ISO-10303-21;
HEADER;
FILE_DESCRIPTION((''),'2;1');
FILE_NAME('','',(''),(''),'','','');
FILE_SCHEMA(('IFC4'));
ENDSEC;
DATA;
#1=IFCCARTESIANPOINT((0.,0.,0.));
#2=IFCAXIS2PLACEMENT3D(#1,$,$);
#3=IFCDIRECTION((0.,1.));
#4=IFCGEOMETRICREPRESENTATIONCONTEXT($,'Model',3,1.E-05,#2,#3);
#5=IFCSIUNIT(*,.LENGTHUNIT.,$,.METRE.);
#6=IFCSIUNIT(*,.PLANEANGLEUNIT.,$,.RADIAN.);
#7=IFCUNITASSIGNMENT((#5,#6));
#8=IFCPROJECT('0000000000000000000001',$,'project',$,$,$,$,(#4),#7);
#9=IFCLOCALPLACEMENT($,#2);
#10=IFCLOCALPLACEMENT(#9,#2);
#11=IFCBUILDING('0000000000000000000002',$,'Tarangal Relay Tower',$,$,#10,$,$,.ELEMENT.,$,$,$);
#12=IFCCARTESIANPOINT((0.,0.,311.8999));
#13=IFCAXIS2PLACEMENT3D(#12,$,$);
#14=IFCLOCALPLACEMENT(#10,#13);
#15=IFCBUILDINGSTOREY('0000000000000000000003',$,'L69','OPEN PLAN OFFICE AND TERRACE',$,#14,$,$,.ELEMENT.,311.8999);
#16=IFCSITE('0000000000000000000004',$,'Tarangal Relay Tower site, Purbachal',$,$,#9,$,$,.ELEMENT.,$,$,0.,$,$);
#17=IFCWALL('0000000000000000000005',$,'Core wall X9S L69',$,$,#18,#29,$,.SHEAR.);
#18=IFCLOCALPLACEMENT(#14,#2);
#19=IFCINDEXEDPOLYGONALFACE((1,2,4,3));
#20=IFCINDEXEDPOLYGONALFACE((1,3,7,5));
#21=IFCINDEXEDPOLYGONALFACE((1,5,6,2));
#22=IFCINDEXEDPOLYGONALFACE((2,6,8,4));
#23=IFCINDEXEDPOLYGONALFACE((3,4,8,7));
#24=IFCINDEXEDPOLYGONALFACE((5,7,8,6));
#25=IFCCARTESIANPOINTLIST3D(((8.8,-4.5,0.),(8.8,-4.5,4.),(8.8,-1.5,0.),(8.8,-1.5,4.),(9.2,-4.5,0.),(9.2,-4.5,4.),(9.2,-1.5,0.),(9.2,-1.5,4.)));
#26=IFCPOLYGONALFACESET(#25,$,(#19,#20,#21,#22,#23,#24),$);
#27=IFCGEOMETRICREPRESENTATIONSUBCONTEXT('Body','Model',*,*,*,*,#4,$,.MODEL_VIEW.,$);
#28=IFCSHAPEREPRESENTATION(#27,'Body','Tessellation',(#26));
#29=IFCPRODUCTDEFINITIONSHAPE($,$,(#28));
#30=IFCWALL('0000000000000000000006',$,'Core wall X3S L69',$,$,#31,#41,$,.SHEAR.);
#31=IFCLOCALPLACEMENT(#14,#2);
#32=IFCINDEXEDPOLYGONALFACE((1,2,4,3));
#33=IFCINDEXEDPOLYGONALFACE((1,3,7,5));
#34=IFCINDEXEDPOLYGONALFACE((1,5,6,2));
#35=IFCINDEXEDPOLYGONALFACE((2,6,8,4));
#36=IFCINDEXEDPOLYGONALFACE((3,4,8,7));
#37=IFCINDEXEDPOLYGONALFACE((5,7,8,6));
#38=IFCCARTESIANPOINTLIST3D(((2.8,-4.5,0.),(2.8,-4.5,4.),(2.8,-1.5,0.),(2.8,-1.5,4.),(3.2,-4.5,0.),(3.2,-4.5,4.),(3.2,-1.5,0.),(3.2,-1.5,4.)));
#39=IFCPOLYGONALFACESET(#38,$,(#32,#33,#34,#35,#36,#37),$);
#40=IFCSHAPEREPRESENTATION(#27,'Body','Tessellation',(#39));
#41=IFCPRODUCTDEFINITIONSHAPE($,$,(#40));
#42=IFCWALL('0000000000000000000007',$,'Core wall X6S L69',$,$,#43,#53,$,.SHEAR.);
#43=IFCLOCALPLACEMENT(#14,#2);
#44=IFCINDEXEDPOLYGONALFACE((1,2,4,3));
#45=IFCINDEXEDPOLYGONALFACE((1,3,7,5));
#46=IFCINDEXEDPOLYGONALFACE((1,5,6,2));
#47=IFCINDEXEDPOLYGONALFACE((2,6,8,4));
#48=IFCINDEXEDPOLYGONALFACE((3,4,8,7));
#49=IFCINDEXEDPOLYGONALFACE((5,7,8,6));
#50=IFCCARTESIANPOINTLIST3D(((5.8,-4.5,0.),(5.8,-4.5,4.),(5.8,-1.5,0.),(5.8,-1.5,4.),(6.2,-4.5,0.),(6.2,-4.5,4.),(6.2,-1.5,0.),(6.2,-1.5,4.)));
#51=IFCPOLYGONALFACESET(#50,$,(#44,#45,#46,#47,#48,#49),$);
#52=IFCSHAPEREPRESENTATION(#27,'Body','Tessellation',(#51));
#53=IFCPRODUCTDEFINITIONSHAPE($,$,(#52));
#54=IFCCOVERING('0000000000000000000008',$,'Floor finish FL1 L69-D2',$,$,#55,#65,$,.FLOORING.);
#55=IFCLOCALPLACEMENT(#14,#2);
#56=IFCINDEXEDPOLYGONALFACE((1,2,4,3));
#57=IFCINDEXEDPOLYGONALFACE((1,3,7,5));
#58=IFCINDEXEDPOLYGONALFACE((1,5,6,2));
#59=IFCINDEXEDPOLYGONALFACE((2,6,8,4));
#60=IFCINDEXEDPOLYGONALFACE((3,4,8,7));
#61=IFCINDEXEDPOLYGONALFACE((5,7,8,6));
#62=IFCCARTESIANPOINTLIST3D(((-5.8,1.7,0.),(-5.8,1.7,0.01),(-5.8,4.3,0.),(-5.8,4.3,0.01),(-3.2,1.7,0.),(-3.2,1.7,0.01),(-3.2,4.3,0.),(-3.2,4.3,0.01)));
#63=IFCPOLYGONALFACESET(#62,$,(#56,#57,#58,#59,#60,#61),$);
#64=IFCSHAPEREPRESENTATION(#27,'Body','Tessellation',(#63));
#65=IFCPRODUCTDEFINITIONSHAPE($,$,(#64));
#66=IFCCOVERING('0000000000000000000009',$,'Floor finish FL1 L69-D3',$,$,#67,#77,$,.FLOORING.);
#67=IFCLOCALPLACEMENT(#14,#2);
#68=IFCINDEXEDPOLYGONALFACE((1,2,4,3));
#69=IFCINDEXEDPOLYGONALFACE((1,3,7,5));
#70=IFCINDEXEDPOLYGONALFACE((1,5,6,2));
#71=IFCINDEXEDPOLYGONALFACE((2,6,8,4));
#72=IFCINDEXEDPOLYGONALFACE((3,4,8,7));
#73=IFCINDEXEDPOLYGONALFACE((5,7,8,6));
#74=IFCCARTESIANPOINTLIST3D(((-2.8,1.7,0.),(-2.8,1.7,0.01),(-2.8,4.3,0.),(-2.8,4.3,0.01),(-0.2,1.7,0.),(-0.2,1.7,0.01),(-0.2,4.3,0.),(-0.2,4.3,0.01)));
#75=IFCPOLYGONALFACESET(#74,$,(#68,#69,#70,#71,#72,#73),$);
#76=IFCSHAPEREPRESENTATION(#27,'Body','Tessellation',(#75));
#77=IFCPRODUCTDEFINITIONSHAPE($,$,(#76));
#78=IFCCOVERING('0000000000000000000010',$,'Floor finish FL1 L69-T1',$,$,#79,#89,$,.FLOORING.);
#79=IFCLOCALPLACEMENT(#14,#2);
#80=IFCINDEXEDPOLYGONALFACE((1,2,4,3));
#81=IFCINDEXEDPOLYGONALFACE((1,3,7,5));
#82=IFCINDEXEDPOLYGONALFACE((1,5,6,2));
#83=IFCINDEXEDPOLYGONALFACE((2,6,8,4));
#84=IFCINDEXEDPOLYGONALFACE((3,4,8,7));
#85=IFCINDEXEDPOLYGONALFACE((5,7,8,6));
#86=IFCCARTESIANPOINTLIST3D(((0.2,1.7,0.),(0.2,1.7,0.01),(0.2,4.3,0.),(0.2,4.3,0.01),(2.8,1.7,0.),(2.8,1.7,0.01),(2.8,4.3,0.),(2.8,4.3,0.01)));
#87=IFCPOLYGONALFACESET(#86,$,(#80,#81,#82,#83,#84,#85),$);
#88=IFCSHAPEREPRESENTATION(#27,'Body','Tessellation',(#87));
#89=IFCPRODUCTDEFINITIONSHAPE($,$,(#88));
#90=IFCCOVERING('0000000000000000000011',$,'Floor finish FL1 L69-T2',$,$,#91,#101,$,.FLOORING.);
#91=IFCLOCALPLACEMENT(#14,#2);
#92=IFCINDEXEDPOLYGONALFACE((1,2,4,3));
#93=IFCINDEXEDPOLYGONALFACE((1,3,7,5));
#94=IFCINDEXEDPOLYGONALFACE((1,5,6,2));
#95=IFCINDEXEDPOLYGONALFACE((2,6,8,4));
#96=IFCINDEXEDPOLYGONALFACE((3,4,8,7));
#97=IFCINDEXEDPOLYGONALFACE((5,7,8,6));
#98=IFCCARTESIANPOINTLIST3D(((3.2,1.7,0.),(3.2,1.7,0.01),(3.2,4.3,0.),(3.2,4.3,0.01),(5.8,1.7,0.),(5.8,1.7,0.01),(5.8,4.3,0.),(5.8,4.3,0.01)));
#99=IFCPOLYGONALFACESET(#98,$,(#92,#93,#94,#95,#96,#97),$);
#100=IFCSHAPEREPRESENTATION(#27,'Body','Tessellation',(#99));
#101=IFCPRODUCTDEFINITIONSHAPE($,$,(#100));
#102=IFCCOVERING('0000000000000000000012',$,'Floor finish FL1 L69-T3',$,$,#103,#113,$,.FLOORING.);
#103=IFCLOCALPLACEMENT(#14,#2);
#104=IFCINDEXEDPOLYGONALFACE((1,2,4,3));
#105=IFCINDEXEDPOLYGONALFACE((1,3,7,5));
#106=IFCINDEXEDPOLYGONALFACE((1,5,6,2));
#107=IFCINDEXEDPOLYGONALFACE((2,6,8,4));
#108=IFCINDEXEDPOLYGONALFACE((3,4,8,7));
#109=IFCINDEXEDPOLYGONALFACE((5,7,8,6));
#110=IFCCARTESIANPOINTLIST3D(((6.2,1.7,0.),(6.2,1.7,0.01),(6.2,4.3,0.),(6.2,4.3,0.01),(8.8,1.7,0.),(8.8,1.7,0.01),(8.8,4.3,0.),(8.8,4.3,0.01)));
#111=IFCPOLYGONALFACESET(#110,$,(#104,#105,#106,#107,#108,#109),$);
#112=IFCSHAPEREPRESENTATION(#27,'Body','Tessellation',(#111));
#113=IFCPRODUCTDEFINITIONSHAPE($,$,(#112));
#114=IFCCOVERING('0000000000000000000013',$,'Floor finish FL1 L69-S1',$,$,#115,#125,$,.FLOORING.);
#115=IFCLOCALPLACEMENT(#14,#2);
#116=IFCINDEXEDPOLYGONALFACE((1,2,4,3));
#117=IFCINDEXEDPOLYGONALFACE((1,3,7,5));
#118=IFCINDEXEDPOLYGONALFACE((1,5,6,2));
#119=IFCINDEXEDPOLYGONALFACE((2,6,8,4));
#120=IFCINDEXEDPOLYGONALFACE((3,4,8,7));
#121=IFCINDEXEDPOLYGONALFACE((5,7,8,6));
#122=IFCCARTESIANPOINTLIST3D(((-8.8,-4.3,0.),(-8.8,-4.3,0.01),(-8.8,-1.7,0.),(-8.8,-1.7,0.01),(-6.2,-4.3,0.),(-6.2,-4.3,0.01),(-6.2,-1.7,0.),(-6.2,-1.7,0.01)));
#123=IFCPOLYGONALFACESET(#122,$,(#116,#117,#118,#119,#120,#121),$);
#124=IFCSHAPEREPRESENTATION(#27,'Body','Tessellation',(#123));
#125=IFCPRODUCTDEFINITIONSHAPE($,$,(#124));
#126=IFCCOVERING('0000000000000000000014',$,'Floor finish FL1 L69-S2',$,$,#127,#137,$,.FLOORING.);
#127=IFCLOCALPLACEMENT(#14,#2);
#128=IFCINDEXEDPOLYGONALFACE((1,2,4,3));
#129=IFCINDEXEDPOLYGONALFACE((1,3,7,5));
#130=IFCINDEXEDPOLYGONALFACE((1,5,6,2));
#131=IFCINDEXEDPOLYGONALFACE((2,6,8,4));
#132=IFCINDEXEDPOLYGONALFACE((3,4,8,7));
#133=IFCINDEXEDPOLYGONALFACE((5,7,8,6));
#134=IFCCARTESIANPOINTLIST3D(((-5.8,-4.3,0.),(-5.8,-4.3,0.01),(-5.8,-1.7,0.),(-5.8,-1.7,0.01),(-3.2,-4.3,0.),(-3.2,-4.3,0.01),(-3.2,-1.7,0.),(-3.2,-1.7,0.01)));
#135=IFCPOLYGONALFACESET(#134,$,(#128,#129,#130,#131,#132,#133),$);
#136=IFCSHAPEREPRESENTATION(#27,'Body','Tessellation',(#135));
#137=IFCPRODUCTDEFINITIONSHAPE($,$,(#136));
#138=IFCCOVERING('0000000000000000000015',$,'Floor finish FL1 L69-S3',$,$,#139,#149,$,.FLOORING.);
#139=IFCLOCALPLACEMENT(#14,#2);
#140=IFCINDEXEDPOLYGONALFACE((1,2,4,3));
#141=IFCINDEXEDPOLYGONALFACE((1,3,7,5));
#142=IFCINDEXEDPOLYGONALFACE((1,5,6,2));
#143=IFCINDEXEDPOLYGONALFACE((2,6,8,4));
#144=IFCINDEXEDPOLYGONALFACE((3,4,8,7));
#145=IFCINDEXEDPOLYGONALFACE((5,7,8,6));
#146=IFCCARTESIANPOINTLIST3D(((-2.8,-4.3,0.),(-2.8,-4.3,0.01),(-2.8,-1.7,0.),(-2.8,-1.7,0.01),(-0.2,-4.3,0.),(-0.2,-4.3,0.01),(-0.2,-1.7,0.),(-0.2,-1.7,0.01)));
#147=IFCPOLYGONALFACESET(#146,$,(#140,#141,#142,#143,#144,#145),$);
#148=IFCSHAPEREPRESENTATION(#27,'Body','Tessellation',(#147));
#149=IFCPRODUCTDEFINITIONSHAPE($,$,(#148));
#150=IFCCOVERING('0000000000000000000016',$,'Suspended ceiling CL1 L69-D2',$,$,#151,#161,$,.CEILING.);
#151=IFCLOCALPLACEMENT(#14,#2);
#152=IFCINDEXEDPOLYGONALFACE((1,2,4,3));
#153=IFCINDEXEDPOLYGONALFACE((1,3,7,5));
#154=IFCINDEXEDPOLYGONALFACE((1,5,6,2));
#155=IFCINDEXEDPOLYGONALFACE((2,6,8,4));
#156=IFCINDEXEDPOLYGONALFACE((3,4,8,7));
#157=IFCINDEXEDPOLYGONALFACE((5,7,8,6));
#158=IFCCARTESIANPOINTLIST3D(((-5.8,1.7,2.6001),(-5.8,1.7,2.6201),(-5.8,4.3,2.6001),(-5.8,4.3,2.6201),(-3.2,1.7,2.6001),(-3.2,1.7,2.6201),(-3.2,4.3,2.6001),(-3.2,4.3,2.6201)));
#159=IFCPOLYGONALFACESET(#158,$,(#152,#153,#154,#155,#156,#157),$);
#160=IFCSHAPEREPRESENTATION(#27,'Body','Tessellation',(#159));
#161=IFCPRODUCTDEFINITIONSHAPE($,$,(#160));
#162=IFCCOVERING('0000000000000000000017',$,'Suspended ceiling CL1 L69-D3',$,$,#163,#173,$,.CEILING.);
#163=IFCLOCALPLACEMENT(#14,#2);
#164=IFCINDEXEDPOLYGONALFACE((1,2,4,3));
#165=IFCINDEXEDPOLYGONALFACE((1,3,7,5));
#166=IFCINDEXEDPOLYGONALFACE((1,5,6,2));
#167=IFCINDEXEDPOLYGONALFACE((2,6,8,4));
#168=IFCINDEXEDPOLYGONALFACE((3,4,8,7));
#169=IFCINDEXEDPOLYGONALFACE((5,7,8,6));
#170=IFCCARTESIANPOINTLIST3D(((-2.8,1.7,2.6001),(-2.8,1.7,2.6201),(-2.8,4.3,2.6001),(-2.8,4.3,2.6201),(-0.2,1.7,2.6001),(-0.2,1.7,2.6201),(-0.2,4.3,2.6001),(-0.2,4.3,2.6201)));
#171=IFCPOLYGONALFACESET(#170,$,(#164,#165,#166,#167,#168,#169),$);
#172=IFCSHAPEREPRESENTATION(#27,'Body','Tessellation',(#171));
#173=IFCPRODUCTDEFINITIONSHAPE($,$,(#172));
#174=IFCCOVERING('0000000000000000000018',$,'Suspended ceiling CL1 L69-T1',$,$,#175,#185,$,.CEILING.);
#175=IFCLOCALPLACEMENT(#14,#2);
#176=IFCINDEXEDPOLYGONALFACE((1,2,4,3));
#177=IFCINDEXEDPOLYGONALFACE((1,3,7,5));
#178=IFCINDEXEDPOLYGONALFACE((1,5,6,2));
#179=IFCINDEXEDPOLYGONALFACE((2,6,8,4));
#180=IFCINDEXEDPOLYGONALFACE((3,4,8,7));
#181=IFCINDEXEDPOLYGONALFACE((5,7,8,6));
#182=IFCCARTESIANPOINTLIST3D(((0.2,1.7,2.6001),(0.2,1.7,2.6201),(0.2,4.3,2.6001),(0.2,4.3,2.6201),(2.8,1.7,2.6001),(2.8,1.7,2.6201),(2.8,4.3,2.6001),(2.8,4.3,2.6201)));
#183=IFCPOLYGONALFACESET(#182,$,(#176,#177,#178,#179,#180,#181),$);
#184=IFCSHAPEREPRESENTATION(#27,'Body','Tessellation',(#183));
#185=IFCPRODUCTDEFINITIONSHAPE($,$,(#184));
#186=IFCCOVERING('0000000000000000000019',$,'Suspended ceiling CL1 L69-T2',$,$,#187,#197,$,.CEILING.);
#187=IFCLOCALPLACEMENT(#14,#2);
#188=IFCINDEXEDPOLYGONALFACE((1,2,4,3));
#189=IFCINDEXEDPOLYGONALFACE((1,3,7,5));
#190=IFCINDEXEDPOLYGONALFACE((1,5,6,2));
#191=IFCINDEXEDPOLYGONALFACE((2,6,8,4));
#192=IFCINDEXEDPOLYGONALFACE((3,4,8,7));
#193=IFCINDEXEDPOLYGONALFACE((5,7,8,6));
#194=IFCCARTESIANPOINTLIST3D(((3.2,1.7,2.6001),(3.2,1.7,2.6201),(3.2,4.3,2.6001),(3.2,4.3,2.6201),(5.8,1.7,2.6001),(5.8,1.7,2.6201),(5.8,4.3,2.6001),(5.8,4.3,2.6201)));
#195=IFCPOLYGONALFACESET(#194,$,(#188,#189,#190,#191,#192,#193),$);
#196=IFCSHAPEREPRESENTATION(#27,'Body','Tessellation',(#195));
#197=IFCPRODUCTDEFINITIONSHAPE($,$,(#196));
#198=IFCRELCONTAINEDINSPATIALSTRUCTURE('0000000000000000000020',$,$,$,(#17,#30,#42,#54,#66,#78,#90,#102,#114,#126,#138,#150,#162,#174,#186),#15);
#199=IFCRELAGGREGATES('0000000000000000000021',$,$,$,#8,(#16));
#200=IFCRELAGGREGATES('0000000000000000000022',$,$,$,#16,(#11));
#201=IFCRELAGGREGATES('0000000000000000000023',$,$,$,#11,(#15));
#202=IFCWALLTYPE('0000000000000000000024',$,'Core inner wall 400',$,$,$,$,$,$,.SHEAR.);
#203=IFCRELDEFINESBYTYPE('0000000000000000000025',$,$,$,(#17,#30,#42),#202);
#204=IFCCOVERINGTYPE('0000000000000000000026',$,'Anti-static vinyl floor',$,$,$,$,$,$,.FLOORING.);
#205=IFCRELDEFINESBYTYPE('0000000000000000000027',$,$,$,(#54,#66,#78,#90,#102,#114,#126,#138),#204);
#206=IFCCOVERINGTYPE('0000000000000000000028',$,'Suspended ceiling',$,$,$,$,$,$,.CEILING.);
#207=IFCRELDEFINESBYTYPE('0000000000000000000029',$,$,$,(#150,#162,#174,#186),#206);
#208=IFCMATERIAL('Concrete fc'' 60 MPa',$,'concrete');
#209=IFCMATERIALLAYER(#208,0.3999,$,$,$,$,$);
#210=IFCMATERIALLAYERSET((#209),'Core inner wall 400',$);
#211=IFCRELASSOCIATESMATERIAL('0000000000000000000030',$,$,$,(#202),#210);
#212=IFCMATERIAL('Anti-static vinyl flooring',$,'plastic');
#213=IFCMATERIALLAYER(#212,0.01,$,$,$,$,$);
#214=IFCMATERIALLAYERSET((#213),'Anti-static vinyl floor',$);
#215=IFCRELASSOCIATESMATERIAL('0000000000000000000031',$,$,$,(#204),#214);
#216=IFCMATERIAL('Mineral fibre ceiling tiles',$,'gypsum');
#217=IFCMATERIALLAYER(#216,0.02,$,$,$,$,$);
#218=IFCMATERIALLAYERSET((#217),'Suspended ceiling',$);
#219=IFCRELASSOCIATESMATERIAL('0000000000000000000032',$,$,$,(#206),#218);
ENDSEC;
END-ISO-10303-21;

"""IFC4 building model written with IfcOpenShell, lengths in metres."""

from ifc_helpers import new_model, si_unit, direction, frame, frame_2d, origin, place, context, subcontext, project, spatial, polyline, rectangle, outline, extrude, material, layer, layer_set, type_object, element, save


model = new_model("IFC4")

# Units and contexts
model_context = context("Model", 3, precision=1e-05, world=origin(), true_north=direction((0.0, 1.0)))
body_context = subcontext(model_context, "Body", "Model", "MODEL_VIEW")
ifc_project = project(units=[si_unit("LENGTHUNIT", "METRE"), si_unit("PLANEANGLEUNIT", "RADIAN")], contexts=[model_context])

# Site, building, storey
site_placement = place(None, origin())
site = spatial("IfcSite", under=ifc_project, at=site_placement, Name="Tarangal Relay Tower site, Purbachal", CompositionType="ELEMENT", RefElevation=0.0)
building_placement = place(site_placement, origin())
building = spatial("IfcBuilding", under=site, at=building_placement, Name="Tarangal Relay Tower", CompositionType="ELEMENT")
storey_placement = place(building_placement, frame((0.0, 0.0, 311.8999)))
storey = spatial("IfcBuildingStorey", under=building, at=storey_placement, Name="L69", Description="OPEN PLAN OFFICE AND TERRACE", CompositionType="ELEMENT", Elevation=311.8999)

# Walls
ifc_material_1 = material(Name="Concrete fc' 60 MPa", Category="concrete")
ifc_layer_1 = layer(ifc_material_1, 0.3999)
ifc_layer_set_1 = layer_set([ifc_layer_1], Name="Core inner wall 400")
wall_type = type_object("IfcWallType", Name="Core inner wall 400", PredefinedType="SHEAR", material=ifc_layer_set_1)
for number, where, z_axis, x_axis, name in (
    (1, (9.0, -4.5, 0.0), (0.0, 0.0, 1.0), (0.0, 1.0, 0.0), "Core wall X9S L69"),
    (2, (3.0, -4.5, 0.0), (0.0, 0.0, 1.0), (0.0, 1.0, 0.0), "Core wall X3S L69"),
    (3, (6.0, -4.5, 0.0), (0.0, 0.0, 1.0), (0.0, 1.0, 0.0), "Core wall X6S L69"),
):
    element("IfcWall", number, at=place(storey_placement, frame(where, z_axis=z_axis, x_axis=x_axis)), inside=storey, type_object=wall_type, Name=name, PredefinedType="SHEAR", context=body_context, shape_type="SweptSolid", body=[
        extrude(rectangle(XDim=3.0, YDim=0.3999, at=frame_2d((1.5, 0.0))), origin(), (0.0, 0.0, 1.0), 4.0),
    ])

# Coverings
ifc_material_2 = material(Name="Anti-static vinyl flooring", Category="plastic")
ifc_layer_2 = layer(ifc_material_2, 0.01)
ifc_layer_set_2 = layer_set([ifc_layer_2], Name="Anti-static vinyl floor")
covering_type_1 = type_object("IfcCoveringType", Name="Anti-static vinyl floor", PredefinedType="FLOORING", material=ifc_layer_set_2)
covering_1_placement = place(storey_placement, origin())
element("IfcCovering", 4, at=covering_1_placement, inside=storey, type_object=covering_type_1, Name="Floor finish FL1 L69-D2", PredefinedType="FLOORING", context=body_context, shape_type="SweptSolid", body=[
    extrude(outline(polyline([(-5.8, 1.7), (-3.2, 1.7), (-3.2, 4.3), (-5.8, 4.3), (-5.8, 1.7)])), origin(), (0.0, 0.0, 1.0), 0.01),
])
covering_2_placement = place(storey_placement, origin())
element("IfcCovering", 5, at=covering_2_placement, inside=storey, type_object=covering_type_1, Name="Floor finish FL1 L69-D3", PredefinedType="FLOORING", context=body_context, shape_type="SweptSolid", body=[
    extrude(outline(polyline([(-2.8, 1.7), (-0.2, 1.7), (-0.2, 4.3), (-2.8, 4.3), (-2.8, 1.7)])), origin(), (0.0, 0.0, 1.0), 0.01),
])
covering_3_placement = place(storey_placement, origin())
element("IfcCovering", 6, at=covering_3_placement, inside=storey, type_object=covering_type_1, Name="Floor finish FL1 L69-T1", PredefinedType="FLOORING", context=body_context, shape_type="SweptSolid", body=[
    extrude(outline(polyline([(0.2, 1.7), (2.8, 1.7), (2.8, 4.3), (0.2, 4.3), (0.2, 1.7)])), origin(), (0.0, 0.0, 1.0), 0.01),
])
covering_4_placement = place(storey_placement, origin())
element("IfcCovering", 7, at=covering_4_placement, inside=storey, type_object=covering_type_1, Name="Floor finish FL1 L69-T2", PredefinedType="FLOORING", context=body_context, shape_type="SweptSolid", body=[
    extrude(outline(polyline([(3.2, 1.7), (5.8, 1.7), (5.8, 4.3), (3.2, 4.3), (3.2, 1.7)])), origin(), (0.0, 0.0, 1.0), 0.01),
])
covering_5_placement = place(storey_placement, origin())
element("IfcCovering", 8, at=covering_5_placement, inside=storey, type_object=covering_type_1, Name="Floor finish FL1 L69-T3", PredefinedType="FLOORING", context=body_context, shape_type="SweptSolid", body=[
    extrude(outline(polyline([(6.2, 1.7), (8.8, 1.7), (8.8, 4.3), (6.2, 4.3), (6.2, 1.7)])), origin(), (0.0, 0.0, 1.0), 0.01),
])
covering_6_placement = place(storey_placement, origin())
element("IfcCovering", 9, at=covering_6_placement, inside=storey, type_object=covering_type_1, Name="Floor finish FL1 L69-S1", PredefinedType="FLOORING", context=body_context, shape_type="SweptSolid", body=[
    extrude(outline(polyline([(-8.8, -4.3), (-6.2, -4.3), (-6.2, -1.7), (-8.8, -1.7), (-8.8, -4.3)])), origin(), (0.0, 0.0, 1.0), 0.01),
])
covering_7_placement = place(storey_placement, origin())
element("IfcCovering", 10, at=covering_7_placement, inside=storey, type_object=covering_type_1, Name="Floor finish FL1 L69-S2", PredefinedType="FLOORING", context=body_context, shape_type="SweptSolid", body=[
    extrude(outline(polyline([(-5.8, -4.3), (-3.2, -4.3), (-3.2, -1.7), (-5.8, -1.7), (-5.8, -4.3)])), origin(), (0.0, 0.0, 1.0), 0.01),
])
covering_8_placement = place(storey_placement, origin())
element("IfcCovering", 11, at=covering_8_placement, inside=storey, type_object=covering_type_1, Name="Floor finish FL1 L69-S3", PredefinedType="FLOORING", context=body_context, shape_type="SweptSolid", body=[
    extrude(outline(polyline([(-2.8, -4.3), (-0.2, -4.3), (-0.2, -1.7), (-2.8, -1.7), (-2.8, -4.3)])), origin(), (0.0, 0.0, 1.0), 0.01),
])
ifc_material_3 = material(Name="Mineral fibre ceiling tiles", Category="gypsum")
ifc_layer_3 = layer(ifc_material_3, 0.02)
ifc_layer_set_3 = layer_set([ifc_layer_3], Name="Suspended ceiling")
covering_type_2 = type_object("IfcCoveringType", Name="Suspended ceiling", PredefinedType="CEILING", material=ifc_layer_set_3)
covering_9_placement = place(storey_placement, frame((0.0, 0.0, 2.6001)))
element("IfcCovering", 12, at=covering_9_placement, inside=storey, type_object=covering_type_2, Name="Suspended ceiling CL1 L69-D2", PredefinedType="CEILING", context=body_context, shape_type="SweptSolid", body=[
    extrude(outline(polyline([(-5.8, 1.7), (-3.2, 1.7), (-3.2, 4.3), (-5.8, 4.3), (-5.8, 1.7)])), origin(), (0.0, 0.0, 1.0), 0.02),
])
covering_10_placement = place(storey_placement, frame((0.0, 0.0, 2.6001)))
element("IfcCovering", 13, at=covering_10_placement, inside=storey, type_object=covering_type_2, Name="Suspended ceiling CL1 L69-D3", PredefinedType="CEILING", context=body_context, shape_type="SweptSolid", body=[
    extrude(outline(polyline([(-2.8, 1.7), (-0.2, 1.7), (-0.2, 4.3), (-2.8, 4.3), (-2.8, 1.7)])), origin(), (0.0, 0.0, 1.0), 0.02),
])
covering_11_placement = place(storey_placement, frame((0.0, 0.0, 2.6001)))
element("IfcCovering", 14, at=covering_11_placement, inside=storey, type_object=covering_type_2, Name="Suspended ceiling CL1 L69-T1", PredefinedType="CEILING", context=body_context, shape_type="SweptSolid", body=[
    extrude(outline(polyline([(0.2, 1.7), (2.8, 1.7), (2.8, 4.3), (0.2, 4.3), (0.2, 1.7)])), origin(), (0.0, 0.0, 1.0), 0.02),
])
covering_12_placement = place(storey_placement, frame((0.0, 0.0, 2.6001)))
element("IfcCovering", 15, at=covering_12_placement, inside=storey, type_object=covering_type_2, Name="Suspended ceiling CL1 L69-T2", PredefinedType="CEILING", context=body_context, shape_type="SweptSolid", body=[
    extrude(outline(polyline([(3.2, 1.7), (5.8, 1.7), (5.8, 4.3), (3.2, 4.3), (3.2, 1.7)])), origin(), (0.0, 0.0, 1.0), 0.02),
])

save(model, "model.ifc")
